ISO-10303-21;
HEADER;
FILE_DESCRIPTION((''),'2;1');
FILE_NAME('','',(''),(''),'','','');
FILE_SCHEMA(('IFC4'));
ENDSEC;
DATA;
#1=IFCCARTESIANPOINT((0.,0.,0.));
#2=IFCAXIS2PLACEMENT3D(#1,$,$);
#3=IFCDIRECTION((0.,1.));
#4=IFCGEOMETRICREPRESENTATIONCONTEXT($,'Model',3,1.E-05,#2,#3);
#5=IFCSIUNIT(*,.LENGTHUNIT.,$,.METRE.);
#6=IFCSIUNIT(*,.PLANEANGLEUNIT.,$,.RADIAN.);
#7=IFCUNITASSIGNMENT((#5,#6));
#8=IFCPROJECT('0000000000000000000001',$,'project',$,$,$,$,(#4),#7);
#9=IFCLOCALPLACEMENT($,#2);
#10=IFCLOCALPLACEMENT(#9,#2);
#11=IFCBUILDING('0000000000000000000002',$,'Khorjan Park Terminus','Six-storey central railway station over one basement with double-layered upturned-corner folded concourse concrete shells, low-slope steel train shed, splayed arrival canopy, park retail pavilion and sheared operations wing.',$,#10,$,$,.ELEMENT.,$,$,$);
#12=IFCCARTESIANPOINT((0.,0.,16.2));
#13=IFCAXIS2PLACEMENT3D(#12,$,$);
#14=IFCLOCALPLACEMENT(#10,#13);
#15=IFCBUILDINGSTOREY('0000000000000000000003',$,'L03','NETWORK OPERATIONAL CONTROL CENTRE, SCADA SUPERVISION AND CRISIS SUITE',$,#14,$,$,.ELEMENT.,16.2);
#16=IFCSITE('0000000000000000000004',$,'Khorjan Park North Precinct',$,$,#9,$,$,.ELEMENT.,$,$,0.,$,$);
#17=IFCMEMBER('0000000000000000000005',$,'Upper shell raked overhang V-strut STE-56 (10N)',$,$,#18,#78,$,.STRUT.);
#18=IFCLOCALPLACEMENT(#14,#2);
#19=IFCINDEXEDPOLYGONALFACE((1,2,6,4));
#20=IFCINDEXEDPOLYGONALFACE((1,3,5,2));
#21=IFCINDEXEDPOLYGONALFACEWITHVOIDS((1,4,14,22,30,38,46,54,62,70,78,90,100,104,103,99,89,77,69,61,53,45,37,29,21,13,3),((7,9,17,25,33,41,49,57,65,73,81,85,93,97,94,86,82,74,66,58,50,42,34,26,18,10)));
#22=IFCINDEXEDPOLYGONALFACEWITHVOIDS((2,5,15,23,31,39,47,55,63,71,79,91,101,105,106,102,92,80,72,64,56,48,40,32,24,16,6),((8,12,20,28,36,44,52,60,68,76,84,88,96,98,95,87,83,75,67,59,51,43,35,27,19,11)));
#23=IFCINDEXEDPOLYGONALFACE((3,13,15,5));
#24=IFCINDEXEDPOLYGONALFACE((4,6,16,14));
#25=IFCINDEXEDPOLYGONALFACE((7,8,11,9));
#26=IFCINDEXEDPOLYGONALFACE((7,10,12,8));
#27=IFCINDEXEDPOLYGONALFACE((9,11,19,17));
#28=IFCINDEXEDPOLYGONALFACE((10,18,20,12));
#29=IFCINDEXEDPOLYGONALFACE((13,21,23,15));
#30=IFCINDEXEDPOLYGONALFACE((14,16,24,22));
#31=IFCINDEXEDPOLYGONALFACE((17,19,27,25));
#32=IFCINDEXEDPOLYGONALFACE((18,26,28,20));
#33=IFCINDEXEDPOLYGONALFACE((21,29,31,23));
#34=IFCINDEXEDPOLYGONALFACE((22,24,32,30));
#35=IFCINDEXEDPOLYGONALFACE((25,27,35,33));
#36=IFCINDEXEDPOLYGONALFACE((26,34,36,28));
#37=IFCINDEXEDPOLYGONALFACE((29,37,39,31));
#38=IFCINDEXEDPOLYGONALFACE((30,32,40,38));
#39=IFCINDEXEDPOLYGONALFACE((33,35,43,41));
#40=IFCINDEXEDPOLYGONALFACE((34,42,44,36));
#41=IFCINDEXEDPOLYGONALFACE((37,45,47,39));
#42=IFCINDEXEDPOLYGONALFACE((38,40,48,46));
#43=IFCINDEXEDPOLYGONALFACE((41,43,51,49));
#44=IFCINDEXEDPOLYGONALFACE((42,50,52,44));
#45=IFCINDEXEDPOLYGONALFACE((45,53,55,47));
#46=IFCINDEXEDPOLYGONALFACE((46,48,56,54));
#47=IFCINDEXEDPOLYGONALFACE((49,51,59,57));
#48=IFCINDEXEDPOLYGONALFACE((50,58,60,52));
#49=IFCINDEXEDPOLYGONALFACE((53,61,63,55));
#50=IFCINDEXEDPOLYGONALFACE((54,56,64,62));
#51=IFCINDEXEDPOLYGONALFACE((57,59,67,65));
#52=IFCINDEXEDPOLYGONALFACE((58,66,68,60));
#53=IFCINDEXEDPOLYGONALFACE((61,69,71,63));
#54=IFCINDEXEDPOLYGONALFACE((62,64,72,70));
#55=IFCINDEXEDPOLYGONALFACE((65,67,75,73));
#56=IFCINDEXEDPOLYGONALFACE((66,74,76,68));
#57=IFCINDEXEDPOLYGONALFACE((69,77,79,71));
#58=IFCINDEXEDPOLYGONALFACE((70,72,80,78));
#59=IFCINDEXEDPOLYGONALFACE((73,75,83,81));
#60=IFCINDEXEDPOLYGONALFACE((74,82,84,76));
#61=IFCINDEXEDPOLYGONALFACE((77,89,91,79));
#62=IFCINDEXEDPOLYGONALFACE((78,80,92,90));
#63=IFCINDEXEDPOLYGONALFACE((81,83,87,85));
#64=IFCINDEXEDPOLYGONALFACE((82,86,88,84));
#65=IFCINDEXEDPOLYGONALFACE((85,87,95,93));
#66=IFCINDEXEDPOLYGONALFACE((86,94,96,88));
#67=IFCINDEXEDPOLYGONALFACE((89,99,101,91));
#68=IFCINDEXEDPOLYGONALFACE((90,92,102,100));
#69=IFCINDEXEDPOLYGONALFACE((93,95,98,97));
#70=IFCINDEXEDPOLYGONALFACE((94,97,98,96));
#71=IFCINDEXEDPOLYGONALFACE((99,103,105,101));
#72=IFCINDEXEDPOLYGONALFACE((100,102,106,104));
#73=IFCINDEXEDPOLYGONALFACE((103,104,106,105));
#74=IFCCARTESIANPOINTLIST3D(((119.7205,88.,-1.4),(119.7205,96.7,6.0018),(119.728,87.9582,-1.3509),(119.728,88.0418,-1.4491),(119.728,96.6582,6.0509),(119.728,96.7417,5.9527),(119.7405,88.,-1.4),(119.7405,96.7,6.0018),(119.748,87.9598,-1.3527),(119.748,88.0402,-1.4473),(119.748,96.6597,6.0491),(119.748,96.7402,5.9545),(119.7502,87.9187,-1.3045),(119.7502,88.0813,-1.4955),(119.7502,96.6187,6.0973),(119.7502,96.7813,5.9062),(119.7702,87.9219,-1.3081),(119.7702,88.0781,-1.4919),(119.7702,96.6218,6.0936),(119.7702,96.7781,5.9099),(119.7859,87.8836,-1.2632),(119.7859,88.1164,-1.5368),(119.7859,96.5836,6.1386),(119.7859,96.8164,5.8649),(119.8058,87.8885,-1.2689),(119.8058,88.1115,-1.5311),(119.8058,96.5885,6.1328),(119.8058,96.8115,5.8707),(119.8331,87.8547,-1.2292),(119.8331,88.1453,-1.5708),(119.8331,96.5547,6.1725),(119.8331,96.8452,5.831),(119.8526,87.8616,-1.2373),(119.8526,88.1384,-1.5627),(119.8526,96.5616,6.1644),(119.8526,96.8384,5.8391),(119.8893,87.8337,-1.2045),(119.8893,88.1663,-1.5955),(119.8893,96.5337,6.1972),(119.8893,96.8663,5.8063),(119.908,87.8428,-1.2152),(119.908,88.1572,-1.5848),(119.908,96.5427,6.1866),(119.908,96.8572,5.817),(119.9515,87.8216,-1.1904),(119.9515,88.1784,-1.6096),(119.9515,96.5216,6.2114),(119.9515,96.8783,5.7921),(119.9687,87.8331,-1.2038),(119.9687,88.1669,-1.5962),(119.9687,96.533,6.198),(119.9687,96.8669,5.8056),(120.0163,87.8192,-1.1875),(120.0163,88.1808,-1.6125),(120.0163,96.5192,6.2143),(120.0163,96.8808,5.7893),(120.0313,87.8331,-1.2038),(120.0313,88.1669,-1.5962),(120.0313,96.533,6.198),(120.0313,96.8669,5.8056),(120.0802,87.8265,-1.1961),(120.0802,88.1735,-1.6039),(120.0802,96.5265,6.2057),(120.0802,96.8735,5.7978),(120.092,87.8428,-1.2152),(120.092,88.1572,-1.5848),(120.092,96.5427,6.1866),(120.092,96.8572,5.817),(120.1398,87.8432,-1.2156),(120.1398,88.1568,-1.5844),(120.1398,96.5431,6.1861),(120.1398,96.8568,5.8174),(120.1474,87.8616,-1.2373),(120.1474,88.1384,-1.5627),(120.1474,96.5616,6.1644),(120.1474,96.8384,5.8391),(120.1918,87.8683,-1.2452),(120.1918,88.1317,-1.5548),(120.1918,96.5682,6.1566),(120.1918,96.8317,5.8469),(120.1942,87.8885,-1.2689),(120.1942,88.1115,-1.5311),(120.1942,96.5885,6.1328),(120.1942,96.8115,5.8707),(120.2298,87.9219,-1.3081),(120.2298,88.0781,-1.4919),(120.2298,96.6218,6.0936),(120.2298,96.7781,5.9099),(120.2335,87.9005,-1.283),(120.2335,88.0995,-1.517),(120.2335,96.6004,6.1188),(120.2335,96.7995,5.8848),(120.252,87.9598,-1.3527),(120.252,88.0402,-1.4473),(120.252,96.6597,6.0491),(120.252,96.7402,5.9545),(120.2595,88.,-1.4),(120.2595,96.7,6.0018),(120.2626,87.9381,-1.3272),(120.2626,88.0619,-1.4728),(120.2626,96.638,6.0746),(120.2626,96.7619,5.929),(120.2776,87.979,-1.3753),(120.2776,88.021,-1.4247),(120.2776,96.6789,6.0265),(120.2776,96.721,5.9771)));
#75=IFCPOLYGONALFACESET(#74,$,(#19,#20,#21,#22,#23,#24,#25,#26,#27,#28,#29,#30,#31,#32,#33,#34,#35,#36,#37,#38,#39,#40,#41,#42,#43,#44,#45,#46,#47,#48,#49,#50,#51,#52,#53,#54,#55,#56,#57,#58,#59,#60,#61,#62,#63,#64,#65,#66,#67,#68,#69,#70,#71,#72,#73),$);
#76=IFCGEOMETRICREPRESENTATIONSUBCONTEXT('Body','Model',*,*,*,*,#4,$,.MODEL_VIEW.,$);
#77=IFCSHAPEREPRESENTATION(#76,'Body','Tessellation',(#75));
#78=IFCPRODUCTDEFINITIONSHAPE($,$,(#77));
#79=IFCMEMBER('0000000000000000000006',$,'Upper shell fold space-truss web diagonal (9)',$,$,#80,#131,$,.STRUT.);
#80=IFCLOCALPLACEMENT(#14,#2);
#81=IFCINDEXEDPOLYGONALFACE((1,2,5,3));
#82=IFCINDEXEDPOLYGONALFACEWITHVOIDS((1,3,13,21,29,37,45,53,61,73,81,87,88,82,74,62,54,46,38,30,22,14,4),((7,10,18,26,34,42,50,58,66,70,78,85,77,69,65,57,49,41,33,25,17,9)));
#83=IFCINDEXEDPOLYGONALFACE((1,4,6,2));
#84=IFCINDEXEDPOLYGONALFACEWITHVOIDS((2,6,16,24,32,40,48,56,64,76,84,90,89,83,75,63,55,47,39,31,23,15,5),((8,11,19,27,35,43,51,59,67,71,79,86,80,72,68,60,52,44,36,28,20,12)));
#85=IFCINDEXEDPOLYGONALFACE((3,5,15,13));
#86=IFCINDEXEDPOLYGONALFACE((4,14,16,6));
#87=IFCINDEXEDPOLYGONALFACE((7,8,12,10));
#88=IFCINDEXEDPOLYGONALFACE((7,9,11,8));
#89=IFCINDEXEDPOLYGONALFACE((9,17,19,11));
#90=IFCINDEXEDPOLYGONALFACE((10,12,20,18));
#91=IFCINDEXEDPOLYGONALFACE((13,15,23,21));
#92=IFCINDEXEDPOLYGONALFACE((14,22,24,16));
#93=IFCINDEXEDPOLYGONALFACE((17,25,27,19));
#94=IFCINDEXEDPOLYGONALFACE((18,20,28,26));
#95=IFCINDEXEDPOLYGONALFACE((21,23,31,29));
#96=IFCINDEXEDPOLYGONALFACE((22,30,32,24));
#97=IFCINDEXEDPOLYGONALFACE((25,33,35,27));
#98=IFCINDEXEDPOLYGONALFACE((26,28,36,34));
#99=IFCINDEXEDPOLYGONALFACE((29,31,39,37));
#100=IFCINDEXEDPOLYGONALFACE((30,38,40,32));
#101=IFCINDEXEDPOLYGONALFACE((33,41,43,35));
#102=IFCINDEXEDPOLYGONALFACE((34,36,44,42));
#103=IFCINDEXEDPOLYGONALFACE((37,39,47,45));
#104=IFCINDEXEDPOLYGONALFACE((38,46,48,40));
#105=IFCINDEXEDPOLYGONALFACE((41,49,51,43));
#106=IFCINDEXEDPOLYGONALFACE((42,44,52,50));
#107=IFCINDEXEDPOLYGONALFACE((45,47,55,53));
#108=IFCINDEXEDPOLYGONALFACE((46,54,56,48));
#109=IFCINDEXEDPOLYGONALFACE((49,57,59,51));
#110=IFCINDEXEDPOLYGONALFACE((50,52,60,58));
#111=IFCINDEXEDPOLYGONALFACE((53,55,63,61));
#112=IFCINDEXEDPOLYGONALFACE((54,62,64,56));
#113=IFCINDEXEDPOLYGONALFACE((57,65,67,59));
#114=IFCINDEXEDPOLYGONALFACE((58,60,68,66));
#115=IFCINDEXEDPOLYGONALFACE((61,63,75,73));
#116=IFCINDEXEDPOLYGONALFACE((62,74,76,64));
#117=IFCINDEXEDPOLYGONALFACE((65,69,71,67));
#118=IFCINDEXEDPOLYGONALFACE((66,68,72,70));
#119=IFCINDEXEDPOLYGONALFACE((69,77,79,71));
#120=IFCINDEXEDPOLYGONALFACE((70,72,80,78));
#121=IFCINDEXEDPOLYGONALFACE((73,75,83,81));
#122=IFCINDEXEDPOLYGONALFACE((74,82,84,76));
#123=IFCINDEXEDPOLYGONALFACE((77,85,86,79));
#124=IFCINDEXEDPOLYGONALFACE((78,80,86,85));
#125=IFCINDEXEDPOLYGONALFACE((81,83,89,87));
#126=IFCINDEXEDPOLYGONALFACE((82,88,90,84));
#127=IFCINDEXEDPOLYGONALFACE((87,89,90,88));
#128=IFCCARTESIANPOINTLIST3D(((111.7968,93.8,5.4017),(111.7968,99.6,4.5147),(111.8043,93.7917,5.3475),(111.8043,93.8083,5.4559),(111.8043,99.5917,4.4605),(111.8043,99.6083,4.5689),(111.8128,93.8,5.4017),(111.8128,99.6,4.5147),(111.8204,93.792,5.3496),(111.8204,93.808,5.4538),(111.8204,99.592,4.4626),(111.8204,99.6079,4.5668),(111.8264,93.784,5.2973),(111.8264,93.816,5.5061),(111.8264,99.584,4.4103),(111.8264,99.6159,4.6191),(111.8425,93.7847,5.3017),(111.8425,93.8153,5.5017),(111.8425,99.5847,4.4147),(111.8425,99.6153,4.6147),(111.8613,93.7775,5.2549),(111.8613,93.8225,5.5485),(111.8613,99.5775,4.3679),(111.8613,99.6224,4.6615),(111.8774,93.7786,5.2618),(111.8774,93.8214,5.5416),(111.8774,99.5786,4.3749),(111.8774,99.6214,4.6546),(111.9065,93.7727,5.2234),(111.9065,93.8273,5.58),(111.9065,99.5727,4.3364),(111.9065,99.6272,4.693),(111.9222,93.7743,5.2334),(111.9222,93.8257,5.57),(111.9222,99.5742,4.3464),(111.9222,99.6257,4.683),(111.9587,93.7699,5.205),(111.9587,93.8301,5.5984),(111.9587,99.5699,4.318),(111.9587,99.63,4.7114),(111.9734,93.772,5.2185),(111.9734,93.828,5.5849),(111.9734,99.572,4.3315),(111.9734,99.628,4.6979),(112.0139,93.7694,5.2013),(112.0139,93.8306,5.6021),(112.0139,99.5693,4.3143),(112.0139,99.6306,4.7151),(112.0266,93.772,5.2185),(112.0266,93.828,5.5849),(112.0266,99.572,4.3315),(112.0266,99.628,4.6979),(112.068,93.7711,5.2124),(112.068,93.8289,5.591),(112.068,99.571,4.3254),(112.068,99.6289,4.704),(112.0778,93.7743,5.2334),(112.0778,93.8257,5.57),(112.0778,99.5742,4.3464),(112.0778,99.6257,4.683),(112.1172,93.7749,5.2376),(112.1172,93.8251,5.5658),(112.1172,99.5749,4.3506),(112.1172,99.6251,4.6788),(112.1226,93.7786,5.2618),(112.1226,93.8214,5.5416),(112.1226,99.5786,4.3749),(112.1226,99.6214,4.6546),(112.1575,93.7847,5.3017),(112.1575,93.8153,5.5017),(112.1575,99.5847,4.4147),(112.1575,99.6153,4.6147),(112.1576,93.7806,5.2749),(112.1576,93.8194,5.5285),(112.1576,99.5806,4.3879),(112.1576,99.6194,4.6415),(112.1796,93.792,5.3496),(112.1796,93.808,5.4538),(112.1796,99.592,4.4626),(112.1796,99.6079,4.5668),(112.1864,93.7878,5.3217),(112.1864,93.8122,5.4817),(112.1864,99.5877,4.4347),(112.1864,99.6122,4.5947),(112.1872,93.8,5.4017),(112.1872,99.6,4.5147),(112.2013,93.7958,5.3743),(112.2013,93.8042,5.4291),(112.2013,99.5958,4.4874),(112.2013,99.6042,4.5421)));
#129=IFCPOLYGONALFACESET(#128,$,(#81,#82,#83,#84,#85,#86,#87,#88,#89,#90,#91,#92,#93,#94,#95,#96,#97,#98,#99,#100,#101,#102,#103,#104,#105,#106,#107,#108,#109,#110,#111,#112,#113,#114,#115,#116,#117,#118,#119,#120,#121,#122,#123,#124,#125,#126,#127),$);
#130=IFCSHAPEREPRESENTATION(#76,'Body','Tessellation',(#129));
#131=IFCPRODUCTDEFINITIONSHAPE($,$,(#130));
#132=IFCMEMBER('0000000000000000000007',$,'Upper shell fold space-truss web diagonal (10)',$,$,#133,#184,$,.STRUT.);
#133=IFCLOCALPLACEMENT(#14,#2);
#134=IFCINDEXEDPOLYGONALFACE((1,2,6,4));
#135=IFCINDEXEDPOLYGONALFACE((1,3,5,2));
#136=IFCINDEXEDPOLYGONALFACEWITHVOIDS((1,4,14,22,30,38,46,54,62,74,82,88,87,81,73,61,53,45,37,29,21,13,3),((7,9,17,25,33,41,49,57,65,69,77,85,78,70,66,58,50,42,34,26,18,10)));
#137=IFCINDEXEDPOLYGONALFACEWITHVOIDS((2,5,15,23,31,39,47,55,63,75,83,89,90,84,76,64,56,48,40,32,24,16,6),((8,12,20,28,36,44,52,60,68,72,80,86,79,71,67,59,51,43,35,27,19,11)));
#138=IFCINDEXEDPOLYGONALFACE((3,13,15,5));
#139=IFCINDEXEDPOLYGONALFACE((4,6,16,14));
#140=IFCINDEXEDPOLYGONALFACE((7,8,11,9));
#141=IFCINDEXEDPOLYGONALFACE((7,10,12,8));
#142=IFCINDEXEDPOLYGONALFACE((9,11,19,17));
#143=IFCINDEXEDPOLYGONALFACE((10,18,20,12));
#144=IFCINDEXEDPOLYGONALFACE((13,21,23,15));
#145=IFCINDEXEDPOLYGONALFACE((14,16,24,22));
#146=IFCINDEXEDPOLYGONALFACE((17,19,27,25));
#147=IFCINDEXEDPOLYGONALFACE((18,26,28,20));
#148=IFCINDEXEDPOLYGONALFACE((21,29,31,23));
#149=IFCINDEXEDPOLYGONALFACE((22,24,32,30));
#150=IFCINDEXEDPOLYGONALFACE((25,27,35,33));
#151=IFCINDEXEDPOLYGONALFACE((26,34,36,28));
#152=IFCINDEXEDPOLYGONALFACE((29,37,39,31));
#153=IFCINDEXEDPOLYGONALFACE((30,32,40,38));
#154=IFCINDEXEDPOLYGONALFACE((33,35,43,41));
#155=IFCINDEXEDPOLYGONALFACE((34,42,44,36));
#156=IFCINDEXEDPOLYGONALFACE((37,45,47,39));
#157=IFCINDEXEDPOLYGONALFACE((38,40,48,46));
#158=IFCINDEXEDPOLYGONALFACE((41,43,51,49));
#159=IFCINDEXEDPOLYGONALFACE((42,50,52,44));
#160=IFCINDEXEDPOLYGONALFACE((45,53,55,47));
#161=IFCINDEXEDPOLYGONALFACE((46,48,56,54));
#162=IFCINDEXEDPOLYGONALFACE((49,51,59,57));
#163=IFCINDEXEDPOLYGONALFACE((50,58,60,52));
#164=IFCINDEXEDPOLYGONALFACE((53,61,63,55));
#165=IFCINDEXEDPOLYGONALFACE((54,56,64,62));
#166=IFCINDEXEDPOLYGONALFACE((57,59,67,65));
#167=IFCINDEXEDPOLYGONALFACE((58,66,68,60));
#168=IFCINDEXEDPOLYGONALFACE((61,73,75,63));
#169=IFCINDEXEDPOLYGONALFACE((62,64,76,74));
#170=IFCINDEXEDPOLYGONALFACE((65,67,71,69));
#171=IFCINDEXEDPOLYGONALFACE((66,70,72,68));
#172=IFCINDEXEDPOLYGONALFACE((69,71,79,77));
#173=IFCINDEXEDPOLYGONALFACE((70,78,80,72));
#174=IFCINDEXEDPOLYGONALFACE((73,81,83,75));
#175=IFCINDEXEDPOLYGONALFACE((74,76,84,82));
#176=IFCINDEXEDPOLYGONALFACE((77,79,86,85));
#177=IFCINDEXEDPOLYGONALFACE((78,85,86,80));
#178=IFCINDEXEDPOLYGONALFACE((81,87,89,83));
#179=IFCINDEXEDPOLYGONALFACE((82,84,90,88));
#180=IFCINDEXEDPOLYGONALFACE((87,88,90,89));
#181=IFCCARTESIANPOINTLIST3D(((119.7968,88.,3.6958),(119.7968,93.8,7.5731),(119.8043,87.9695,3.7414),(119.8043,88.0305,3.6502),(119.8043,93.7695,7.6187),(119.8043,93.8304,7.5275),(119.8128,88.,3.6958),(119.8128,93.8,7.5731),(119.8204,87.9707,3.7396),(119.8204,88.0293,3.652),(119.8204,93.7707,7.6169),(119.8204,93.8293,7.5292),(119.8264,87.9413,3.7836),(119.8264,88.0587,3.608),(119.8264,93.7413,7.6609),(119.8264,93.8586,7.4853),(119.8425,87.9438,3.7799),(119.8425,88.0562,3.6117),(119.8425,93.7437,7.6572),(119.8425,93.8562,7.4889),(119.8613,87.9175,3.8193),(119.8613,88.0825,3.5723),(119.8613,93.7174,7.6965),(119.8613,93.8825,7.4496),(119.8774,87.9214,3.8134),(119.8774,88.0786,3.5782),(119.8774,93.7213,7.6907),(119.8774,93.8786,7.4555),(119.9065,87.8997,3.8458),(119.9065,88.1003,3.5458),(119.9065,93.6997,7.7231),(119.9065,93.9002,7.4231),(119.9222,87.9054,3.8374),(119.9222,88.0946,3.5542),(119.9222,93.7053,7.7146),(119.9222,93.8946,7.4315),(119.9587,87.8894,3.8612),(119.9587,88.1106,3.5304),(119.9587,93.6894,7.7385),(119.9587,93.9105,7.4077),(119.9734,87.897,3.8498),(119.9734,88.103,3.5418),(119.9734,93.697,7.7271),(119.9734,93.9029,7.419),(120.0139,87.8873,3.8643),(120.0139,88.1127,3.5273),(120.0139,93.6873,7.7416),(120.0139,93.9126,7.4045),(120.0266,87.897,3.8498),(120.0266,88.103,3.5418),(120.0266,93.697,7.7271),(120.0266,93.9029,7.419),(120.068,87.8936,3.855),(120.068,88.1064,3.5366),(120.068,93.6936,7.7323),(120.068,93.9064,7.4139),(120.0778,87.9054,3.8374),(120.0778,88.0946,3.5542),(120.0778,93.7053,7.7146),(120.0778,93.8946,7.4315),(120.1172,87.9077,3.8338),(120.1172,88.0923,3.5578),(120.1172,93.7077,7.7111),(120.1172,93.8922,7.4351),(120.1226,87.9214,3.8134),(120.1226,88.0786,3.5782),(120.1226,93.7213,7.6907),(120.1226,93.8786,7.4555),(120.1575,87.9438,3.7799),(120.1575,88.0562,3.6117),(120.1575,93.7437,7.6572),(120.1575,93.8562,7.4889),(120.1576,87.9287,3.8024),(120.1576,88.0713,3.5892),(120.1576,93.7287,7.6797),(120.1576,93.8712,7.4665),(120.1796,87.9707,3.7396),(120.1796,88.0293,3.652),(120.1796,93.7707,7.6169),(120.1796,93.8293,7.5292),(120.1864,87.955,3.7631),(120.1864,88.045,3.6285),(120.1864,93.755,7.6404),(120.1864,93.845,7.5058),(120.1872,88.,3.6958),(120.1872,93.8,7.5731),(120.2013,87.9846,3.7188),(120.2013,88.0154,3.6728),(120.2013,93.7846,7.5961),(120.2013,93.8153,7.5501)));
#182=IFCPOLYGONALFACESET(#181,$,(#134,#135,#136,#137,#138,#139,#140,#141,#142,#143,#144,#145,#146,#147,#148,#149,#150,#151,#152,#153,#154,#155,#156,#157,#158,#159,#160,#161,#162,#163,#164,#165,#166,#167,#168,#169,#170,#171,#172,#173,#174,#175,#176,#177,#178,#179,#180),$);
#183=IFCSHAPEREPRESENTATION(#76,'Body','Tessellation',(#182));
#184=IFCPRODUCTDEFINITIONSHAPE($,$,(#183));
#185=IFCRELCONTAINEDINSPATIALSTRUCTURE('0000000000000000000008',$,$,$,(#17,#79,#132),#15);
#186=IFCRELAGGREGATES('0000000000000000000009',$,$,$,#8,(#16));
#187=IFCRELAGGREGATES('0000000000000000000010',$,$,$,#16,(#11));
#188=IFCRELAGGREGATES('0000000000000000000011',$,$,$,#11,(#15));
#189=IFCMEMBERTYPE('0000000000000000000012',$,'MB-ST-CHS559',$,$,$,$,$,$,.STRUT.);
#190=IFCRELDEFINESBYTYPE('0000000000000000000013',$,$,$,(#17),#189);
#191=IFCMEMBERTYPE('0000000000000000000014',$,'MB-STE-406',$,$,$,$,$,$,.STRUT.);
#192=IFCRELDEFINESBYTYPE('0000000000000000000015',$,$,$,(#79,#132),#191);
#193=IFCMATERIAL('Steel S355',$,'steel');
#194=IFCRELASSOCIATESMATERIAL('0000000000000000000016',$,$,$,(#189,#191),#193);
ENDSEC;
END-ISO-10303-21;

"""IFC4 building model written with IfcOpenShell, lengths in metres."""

from ifc_helpers import new_model, si_unit, direction, frame, origin, origin_2d, place, context, subcontext, project, spatial, hollow_circle, extrude, material, material_profile, profile_set, type_object, element, save


model = new_model("IFC4")

# Units and contexts
model_context = context("Model", 3, precision=1e-05, world=origin(), true_north=direction((0.0, 1.0)))
body_context = subcontext(model_context, "Body", "Model", "MODEL_VIEW")
ifc_project = project(units=[si_unit("LENGTHUNIT", "METRE"), si_unit("PLANEANGLEUNIT", "RADIAN")], contexts=[model_context])

# Site, building, storey
site_placement = place(None, origin())
site = spatial("IfcSite", under=ifc_project, at=site_placement, Name="Khorjan Park North Precinct", CompositionType="ELEMENT", RefElevation=0.0)
building_placement = place(site_placement, origin())
building = spatial("IfcBuilding", under=site, at=building_placement, Name="Khorjan Park Terminus", Description="Six-storey central railway station over one basement with double-layered upturned-corner folded concourse concrete shells, low-slope steel train shed, splayed arrival canopy, park retail pavilion and sheared operations wing.", CompositionType="ELEMENT")
storey_placement = place(building_placement, frame((0.0, 0.0, 16.2)))
storey = spatial("IfcBuildingStorey", under=building, at=storey_placement, Name="L03", Description="NETWORK OPERATIONAL CONTROL CENTRE, SCADA SUPERVISION AND CRISIS SUITE", CompositionType="ELEMENT", Elevation=16.2)

# Members
ifc_material_1 = material(Name="Steel S355", Category="steel")
ifc_material_profile_1 = material_profile(ifc_material_1, hollow_circle(Radius=0.2795, WallThickness=0.02, at=origin_2d()), Name="CHS 559x20")
ifc_profile_set_1 = profile_set([ifc_material_profile_1], Name="Steel S355")
member_type_1 = type_object("IfcMemberType", Name="MB-ST-CHS559", PredefinedType="STRUT", material=ifc_profile_set_1)
member_1_placement = place(storey_placement, frame((120.0, 88.0, -1.4), z_axis=(0.0, 0.761645, 0.647994), x_axis=(-1.0, 0.0, 0.0)))
element("IfcMember", 1, at=member_1_placement, inside=storey, type_object=member_type_1, Name="Upper shell raked overhang V-strut STE-56 (10N)", PredefinedType="STRUT", context=body_context, shape_type="SweptSolid", body=[
    extrude(hollow_circle(Radius=0.2795, WallThickness=0.02, at=origin_2d()), origin(), (0.0, 0.0, 1.0), 11.4226),
])
ifc_material_profile_2 = material_profile(ifc_material_1, hollow_circle(Radius=0.2032, WallThickness=0.016, at=origin_2d()), Name="CHS 406.4x16")
ifc_profile_set_2 = profile_set([ifc_material_profile_2], Name="Steel S355")
member_type_2 = type_object("IfcMemberType", Name="MB-STE-406", PredefinedType="STRUT", material=ifc_profile_set_2)
member_2_placement = place(storey_placement, frame((112.0, 93.8, 5.4017), z_axis=(0.0, 0.988507, -0.151173), x_axis=(-1.0, 0.0, 0.0)))
element("IfcMember", 2, at=member_2_placement, inside=storey, type_object=member_type_2, Name="Upper shell fold space-truss web diagonal (9)", PredefinedType="STRUT", context=body_context, shape_type="SweptSolid", body=[
    extrude(hollow_circle(Radius=0.2032, WallThickness=0.016, at=origin_2d()), origin(), (0.0, 0.0, 1.0), 5.8674),
])
member_3_placement = place(storey_placement, frame((120.0, 88.0, 3.6958), z_axis=(0.0, 0.831346, 0.555755), x_axis=(-1.0, 0.0, 0.0)))
element("IfcMember", 3, at=member_3_placement, inside=storey, type_object=member_type_2, Name="Upper shell fold space-truss web diagonal (10)", PredefinedType="STRUT", context=body_context, shape_type="SweptSolid", body=[
    extrude(hollow_circle(Radius=0.2032, WallThickness=0.016, at=origin_2d()), origin(), (0.0, 0.0, 1.0), 6.9766),
])

save(model, "model.ifc")
